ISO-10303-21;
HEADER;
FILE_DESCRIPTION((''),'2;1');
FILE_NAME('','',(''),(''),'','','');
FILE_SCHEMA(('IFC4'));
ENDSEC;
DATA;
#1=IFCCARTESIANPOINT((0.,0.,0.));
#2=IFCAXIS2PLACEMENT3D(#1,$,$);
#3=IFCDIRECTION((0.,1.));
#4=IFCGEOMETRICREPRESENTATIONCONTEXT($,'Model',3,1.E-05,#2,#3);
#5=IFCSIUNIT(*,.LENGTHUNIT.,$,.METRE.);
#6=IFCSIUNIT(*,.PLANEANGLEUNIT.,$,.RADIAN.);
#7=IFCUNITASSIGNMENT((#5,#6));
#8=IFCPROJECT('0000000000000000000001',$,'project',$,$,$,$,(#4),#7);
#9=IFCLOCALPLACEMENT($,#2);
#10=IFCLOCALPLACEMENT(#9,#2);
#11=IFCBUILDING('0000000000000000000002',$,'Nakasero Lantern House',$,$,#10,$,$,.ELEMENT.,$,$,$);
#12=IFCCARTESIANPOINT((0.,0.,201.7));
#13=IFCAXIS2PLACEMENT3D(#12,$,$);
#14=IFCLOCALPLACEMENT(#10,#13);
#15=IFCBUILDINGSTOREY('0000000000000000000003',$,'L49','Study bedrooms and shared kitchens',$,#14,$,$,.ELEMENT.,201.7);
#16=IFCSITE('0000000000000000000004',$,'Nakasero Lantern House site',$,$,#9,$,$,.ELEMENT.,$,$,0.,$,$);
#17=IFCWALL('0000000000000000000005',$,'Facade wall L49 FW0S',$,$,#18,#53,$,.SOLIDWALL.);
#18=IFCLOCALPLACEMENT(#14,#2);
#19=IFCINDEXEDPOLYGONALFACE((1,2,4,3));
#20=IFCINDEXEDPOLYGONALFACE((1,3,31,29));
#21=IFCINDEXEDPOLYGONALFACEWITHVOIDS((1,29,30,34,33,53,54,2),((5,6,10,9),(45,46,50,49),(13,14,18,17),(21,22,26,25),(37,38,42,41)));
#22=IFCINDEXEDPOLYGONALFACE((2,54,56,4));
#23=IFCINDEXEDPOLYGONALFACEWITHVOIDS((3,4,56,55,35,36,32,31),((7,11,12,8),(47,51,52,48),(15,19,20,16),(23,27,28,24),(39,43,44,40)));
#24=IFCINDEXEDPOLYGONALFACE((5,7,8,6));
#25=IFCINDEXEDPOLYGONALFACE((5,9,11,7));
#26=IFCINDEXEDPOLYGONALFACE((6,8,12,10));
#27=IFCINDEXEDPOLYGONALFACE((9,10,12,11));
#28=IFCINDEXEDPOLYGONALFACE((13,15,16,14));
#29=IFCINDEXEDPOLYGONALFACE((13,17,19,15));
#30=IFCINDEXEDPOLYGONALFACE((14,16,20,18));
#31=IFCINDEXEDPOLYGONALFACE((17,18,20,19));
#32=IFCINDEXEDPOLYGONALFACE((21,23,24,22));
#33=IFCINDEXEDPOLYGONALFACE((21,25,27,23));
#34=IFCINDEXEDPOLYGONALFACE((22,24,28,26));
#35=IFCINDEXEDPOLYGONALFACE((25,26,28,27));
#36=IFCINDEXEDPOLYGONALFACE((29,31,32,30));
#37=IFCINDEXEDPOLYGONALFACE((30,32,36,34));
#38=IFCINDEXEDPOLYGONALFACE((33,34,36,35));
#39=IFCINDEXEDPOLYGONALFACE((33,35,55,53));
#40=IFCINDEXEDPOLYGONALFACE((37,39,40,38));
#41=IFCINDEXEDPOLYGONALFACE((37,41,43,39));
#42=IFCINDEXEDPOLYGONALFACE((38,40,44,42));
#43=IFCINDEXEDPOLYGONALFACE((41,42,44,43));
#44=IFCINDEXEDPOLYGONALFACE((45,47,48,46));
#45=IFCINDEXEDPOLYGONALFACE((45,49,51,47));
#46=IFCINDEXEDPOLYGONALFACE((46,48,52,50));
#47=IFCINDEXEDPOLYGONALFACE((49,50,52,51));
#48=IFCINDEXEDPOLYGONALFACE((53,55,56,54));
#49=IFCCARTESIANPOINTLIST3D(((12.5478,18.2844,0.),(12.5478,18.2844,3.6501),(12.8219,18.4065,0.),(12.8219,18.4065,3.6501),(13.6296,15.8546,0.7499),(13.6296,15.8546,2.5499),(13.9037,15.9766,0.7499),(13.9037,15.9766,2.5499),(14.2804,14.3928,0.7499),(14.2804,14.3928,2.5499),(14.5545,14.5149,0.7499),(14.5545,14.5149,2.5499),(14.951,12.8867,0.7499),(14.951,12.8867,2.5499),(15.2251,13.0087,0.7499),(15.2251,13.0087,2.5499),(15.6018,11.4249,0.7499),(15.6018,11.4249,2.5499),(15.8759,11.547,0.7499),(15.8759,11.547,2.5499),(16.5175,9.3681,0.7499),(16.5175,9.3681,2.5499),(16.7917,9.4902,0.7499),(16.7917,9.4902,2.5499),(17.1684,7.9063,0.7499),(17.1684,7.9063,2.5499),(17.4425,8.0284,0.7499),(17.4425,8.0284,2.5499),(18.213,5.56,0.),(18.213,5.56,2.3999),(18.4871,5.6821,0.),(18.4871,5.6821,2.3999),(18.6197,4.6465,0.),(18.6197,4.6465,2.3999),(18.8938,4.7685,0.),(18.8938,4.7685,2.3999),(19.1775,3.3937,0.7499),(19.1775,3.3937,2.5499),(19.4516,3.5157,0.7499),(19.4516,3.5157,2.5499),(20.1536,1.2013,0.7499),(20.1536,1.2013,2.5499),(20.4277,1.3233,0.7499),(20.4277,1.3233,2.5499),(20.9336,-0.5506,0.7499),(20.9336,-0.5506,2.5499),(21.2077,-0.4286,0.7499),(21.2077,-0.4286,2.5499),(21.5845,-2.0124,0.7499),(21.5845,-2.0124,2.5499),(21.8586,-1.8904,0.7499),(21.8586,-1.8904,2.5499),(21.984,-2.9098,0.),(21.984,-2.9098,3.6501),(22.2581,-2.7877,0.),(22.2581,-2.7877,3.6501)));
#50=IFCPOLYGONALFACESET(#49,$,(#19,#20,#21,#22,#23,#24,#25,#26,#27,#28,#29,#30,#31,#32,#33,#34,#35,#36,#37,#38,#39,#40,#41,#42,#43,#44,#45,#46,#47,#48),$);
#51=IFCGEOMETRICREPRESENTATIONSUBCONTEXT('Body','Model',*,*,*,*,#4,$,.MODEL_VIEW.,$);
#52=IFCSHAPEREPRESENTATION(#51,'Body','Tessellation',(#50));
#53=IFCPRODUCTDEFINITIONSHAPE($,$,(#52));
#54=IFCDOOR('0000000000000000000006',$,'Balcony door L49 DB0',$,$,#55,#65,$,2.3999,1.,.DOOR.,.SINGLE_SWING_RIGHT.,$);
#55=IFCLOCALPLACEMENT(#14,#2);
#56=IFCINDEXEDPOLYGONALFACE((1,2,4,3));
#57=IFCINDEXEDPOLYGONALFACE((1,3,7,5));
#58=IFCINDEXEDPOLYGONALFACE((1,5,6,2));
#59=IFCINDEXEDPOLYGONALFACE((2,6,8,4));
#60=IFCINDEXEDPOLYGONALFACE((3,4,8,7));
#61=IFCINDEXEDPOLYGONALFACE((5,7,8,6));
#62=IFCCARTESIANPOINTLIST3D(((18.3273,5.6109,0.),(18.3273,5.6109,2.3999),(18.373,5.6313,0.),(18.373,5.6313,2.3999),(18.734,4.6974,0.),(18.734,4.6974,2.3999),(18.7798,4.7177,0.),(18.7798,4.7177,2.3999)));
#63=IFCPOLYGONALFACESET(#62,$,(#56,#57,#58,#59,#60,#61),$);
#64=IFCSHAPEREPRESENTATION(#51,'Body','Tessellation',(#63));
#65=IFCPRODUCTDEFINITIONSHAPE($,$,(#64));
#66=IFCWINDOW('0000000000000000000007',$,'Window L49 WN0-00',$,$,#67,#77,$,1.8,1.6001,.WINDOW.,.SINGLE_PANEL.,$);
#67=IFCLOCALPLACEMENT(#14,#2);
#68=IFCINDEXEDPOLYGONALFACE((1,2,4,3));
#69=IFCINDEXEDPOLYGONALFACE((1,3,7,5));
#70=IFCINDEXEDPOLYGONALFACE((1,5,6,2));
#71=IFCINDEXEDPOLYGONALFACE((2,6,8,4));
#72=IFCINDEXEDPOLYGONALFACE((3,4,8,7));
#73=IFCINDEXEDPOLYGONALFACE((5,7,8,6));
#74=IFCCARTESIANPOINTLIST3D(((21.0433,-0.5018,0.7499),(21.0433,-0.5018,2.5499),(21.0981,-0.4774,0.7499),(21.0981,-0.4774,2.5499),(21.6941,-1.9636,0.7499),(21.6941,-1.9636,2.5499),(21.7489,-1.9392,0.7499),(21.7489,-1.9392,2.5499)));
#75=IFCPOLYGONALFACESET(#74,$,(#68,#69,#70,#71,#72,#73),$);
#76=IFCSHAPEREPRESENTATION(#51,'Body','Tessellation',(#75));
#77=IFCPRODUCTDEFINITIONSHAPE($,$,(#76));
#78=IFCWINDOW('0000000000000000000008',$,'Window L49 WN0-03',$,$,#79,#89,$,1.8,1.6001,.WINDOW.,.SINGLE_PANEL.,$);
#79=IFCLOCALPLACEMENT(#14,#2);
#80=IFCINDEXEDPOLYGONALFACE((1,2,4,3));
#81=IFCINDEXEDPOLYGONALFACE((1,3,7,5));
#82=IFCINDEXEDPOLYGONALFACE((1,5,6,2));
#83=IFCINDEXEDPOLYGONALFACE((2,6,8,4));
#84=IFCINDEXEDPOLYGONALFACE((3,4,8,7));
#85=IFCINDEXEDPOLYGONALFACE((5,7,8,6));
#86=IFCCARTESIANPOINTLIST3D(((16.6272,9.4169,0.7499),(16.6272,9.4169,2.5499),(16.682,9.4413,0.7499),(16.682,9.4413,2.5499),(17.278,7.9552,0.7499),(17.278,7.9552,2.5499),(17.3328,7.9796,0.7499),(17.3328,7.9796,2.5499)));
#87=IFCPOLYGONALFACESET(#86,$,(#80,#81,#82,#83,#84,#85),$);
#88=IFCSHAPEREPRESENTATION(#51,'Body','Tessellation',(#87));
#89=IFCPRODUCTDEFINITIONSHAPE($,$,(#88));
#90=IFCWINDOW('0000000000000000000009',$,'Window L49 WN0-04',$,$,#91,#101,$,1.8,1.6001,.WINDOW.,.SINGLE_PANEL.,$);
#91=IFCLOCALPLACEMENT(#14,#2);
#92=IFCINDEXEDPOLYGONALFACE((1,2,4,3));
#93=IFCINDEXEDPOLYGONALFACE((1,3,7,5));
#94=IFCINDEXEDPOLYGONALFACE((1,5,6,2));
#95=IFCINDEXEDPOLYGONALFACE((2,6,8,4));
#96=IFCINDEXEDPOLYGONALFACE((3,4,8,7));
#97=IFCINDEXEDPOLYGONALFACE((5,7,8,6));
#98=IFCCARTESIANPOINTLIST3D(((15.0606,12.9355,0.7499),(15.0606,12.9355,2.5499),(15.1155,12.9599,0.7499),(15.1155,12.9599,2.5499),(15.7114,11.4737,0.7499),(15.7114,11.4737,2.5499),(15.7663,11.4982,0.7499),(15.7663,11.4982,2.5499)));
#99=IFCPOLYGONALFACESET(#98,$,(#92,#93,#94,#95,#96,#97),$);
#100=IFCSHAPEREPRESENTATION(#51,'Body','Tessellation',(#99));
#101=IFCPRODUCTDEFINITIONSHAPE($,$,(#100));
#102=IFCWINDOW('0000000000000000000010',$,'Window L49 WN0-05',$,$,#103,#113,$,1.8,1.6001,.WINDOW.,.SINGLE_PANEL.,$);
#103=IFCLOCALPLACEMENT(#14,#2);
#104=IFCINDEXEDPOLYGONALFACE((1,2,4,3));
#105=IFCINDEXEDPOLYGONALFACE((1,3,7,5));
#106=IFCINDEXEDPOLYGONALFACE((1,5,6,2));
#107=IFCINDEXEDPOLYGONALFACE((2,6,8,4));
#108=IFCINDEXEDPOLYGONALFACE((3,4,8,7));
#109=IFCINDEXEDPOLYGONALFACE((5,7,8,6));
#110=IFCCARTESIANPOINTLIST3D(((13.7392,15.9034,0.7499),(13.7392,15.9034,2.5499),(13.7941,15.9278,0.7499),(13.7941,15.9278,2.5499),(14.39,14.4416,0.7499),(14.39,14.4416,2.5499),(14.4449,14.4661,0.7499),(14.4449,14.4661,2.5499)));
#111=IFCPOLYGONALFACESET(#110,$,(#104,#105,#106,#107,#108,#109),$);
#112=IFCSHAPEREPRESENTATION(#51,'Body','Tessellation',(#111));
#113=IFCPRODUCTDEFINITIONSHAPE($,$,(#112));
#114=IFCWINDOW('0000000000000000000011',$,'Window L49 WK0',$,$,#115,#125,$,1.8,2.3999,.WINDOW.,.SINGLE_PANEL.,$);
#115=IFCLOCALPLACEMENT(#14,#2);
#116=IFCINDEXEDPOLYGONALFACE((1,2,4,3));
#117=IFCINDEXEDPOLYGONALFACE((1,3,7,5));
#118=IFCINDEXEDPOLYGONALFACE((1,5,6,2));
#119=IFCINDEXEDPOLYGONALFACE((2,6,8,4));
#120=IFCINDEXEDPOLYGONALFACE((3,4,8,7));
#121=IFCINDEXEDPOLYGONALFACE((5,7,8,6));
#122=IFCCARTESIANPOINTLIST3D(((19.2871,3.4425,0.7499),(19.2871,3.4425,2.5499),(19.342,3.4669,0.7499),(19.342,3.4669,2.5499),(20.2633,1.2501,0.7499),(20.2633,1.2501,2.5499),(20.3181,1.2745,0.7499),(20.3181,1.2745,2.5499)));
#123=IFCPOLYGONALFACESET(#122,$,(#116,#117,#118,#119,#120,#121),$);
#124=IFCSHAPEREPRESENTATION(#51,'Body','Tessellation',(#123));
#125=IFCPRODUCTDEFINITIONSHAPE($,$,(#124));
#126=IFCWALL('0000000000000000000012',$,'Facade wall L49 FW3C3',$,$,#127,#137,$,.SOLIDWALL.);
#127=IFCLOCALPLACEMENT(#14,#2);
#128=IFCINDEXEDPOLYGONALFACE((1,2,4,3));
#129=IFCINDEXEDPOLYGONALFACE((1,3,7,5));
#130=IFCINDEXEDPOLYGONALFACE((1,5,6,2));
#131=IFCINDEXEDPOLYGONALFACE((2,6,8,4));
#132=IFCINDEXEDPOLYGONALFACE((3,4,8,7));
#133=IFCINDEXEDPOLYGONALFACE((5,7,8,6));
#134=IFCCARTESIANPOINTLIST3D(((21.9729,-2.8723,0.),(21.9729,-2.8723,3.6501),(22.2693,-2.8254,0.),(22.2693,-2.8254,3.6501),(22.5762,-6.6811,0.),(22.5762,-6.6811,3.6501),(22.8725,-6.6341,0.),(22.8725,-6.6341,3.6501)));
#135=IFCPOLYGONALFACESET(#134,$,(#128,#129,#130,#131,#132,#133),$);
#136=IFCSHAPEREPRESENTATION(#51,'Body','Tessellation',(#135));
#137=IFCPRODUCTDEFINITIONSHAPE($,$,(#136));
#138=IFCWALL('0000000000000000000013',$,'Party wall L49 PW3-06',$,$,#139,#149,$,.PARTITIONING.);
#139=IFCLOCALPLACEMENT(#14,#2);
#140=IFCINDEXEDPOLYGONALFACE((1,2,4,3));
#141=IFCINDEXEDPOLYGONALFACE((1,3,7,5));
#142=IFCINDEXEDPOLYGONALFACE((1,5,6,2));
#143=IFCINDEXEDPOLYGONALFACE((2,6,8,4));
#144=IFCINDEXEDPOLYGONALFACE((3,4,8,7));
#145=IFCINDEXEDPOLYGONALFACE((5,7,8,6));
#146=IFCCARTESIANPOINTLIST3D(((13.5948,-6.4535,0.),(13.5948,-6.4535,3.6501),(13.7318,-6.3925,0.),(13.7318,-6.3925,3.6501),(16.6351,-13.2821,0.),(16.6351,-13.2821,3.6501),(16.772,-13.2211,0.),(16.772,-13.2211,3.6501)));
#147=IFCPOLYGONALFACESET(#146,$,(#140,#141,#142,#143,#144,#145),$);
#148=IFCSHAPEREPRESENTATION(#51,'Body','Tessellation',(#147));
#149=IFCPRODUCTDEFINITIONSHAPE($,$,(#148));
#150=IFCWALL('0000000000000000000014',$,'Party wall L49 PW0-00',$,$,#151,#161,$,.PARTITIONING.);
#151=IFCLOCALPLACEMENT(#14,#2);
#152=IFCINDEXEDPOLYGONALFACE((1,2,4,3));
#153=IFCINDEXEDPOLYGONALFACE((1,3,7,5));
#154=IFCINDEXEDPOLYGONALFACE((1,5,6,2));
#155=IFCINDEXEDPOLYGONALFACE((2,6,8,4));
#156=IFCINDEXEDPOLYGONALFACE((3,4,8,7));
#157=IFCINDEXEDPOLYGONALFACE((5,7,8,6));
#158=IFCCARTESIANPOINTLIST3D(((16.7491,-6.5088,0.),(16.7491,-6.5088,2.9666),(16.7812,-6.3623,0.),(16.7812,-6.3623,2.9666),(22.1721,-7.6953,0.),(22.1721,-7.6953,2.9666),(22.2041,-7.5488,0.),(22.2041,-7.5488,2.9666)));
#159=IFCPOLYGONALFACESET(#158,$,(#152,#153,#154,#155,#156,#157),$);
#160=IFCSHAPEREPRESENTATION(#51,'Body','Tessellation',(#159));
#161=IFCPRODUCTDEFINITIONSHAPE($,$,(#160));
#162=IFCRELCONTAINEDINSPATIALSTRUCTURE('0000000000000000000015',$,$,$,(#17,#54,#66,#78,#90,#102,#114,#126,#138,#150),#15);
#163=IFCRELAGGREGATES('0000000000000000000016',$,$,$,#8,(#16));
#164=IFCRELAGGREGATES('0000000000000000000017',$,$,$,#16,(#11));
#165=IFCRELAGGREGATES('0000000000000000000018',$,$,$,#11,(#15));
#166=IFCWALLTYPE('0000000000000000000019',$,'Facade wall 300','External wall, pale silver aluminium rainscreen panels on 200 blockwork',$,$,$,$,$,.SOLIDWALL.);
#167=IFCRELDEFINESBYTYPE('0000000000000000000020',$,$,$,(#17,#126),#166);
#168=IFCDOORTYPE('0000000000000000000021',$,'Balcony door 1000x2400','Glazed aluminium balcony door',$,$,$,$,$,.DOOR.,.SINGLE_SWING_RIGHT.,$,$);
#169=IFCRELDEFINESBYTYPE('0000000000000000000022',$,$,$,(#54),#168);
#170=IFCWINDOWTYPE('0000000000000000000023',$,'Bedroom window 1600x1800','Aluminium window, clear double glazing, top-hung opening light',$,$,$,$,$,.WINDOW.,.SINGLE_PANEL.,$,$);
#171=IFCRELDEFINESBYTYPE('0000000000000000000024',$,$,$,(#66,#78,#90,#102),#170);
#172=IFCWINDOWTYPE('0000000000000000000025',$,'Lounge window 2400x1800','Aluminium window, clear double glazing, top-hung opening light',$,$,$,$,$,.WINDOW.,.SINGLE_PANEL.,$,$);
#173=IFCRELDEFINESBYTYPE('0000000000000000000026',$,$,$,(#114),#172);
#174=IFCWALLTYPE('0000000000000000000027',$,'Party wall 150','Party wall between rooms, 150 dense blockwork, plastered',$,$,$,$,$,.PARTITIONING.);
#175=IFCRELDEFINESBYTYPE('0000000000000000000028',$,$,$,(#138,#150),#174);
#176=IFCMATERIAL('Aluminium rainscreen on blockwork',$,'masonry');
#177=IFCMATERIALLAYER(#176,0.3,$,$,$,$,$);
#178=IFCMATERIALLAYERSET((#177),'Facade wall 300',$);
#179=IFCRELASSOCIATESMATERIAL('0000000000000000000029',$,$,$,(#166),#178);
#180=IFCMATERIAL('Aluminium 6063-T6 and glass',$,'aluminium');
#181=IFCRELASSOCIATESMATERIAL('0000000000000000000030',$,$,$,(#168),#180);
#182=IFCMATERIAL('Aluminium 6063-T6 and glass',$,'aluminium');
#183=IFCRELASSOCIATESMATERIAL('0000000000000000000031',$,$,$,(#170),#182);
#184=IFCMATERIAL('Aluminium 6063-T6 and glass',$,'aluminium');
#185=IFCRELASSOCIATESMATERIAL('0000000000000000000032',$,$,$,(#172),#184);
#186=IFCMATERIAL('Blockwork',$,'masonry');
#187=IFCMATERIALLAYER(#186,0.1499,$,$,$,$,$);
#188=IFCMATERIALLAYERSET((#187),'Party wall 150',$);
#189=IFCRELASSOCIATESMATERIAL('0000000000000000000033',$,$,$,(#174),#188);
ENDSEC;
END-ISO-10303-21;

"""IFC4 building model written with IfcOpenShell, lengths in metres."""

from ifc_helpers import new_model, si_unit, direction, frame, frame_2d, origin, place, context, subcontext, project, spatial, rectangle, extrude, material, layer, layer_set, type_object, element, fill, save


model = new_model("IFC4")

# Units and contexts
model_context = context("Model", 3, precision=1e-05, world=origin(), true_north=direction((0.0, 1.0)))
body_context = subcontext(model_context, "Body", "Model", "MODEL_VIEW")
ifc_project = project(units=[si_unit("LENGTHUNIT", "METRE"), si_unit("PLANEANGLEUNIT", "RADIAN")], contexts=[model_context])

# Site, building, storey
site_placement = place(None, origin())
site = spatial("IfcSite", under=ifc_project, at=site_placement, Name="Nakasero Lantern House site", CompositionType="ELEMENT", RefElevation=0.0)
building_placement = place(site_placement, origin())
building = spatial("IfcBuilding", under=site, at=building_placement, Name="Nakasero Lantern House", CompositionType="ELEMENT")
storey_placement = place(building_placement, frame((0.0, 0.0, 201.7)))
storey = spatial("IfcBuildingStorey", under=building, at=storey_placement, Name="L49", Description="Study bedrooms and shared kitchens", CompositionType="ELEMENT", Elevation=201.7)

# Wall, openings, door, windows
ifc_material_1 = material(Name="Aluminium rainscreen on blockwork", Category="masonry")
ifc_layer_1 = layer(ifc_material_1, 0.3)
ifc_layer_set_1 = layer_set([ifc_layer_1], Name="Facade wall 300")
wall_type_1 = type_object("IfcWallType", Name="Facade wall 300", Description="External wall, pale silver aluminium rainscreen panels on 200 blockwork", PredefinedType="SOLIDWALL", material=ifc_layer_set_1)
wall_1_placement = place(storey_placement, frame((22.1211, -2.8489, 0.0), z_axis=(0.0, 0.0, 1.0), x_axis=(-0.406735, 0.913546, 0.0)))
wall_1 = element("IfcWall", 1, at=wall_1_placement, inside=storey, type_object=wall_type_1, Name="Facade wall L49 FW0S", PredefinedType="SOLIDWALL", context=body_context, shape_type="SweptSolid", body=[
    extrude(rectangle(XDim=23.2, YDim=0.3, at=frame_2d((11.6001, 0.0))), origin(), (0.0, 0.0, 1.0), 3.6501),
])
opening_1_placement = place(wall_1_placement, frame((0.9824, 0.0, 0.75)))
opening_1 = element("IfcOpeningElement", 2, at=opening_1_placement, cuts=wall_1, PredefinedType="OPENING", context=body_context, shape_type="SweptSolid", body=[
    extrude(rectangle(XDim=1.6001, YDim=1.8, at=frame_2d((0.8, 0.8999))), frame((0.0, 0.1699, 0.0), z_axis=(0.0, -1.0, 0.0), x_axis=(1.0, 0.0, 0.0)), (0.0, 0.0, 1.0), 0.3401),
])
opening_2_placement = place(wall_1_placement, frame((11.8398, 0.0, 0.75)))
opening_2 = element("IfcOpeningElement", 3, at=opening_2_placement, cuts=wall_1, PredefinedType="OPENING", context=body_context, shape_type="SweptSolid", body=[
    extrude(rectangle(XDim=1.6001, YDim=1.8, at=frame_2d((0.8, 0.8999))), frame((0.0, 0.1699, 0.0), z_axis=(0.0, -1.0, 0.0), x_axis=(1.0, 0.0, 0.0)), (0.0, 0.0, 1.0), 0.3401),
])
opening_3_placement = place(wall_1_placement, frame((15.6914, 0.0, 0.75)))
opening_3 = element("IfcOpeningElement", 4, at=opening_3_placement, cuts=wall_1, PredefinedType="OPENING", context=body_context, shape_type="SweptSolid", body=[
    extrude(rectangle(XDim=1.6001, YDim=1.8, at=frame_2d((0.8, 0.8999))), frame((0.0, 0.1699, 0.0), z_axis=(0.0, -1.0, 0.0), x_axis=(1.0, 0.0, 0.0)), (0.0, 0.0, 1.0), 0.3401),
])
opening_4_placement = place(wall_1_placement, frame((18.9402, 0.0, 0.75)))
opening_4 = element("IfcOpeningElement", 5, at=opening_4_placement, cuts=wall_1, PredefinedType="OPENING", context=body_context, shape_type="SweptSolid", body=[
    extrude(rectangle(XDim=1.6001, YDim=1.8, at=frame_2d((0.8, 0.8999))), frame((0.0, 0.1699, 0.0), z_axis=(0.0, -1.0, 0.0), x_axis=(1.0, 0.0, 0.0)), (0.0, 0.0, 1.0), 0.3401),
])
opening_5_placement = place(wall_1_placement, frame((4.5002, 0.0, 0.75)))
opening_5 = element("IfcOpeningElement", 6, at=opening_5_placement, cuts=wall_1, PredefinedType="OPENING", context=body_context, shape_type="SweptSolid", body=[
    extrude(rectangle(XDim=2.3999, YDim=1.8, at=frame_2d((1.2, 0.8999))), frame((0.0, 0.1699, 0.0), z_axis=(0.0, -1.0, 0.0), x_axis=(1.0, 0.0, 0.0)), (0.0, 0.0, 1.0), 0.3401),
])
opening_6_placement = place(wall_1_placement, frame((8.2715, 0.0, 0.0)))
opening_6 = element("IfcOpeningElement", 7, at=opening_6_placement, cuts=wall_1, PredefinedType="OPENING", context=body_context, shape_type="SweptSolid", body=[
    extrude(rectangle(XDim=1.0, YDim=2.3999, at=frame_2d((0.5, 1.2))), frame((0.0, 0.1699, 0.0), z_axis=(0.0, -1.0, 0.0), x_axis=(1.0, 0.0, 0.0)), (0.0, 0.0, 1.0), 0.3401),
])
ifc_material_2 = material(Name="Aluminium 6063-T6 and glass", Category="aluminium")
door_type_1 = type_object("IfcDoorType", Name="Balcony door 1000x2400", Description="Glazed aluminium balcony door", OperationType="SINGLE_SWING_RIGHT", PredefinedType="DOOR", material=ifc_material_2)
door_1_placement = place(opening_6_placement, origin())
door_1 = element("IfcDoor", 8, at=door_1_placement, inside=storey, type_object=door_type_1, Name="Balcony door L49 DB0", OperationType="SINGLE_SWING_RIGHT", OverallHeight=2.3999, OverallWidth=1.0, PredefinedType="DOOR", context=body_context, shape_type="SweptSolid", body=[
    extrude(rectangle(XDim=1.0, YDim=2.3999, at=frame_2d((0.5, 1.2))), frame((0.0, 0.0249, 0.0), z_axis=(0.0, -1.0, 0.0), x_axis=(1.0, 0.0, 0.0)), (0.0, 0.0, 1.0), 0.05),
])
fill(opening_6, door_1)
ifc_material_3 = material(Name="Aluminium 6063-T6 and glass", Category="aluminium")
window_type_1 = type_object("IfcWindowType", Name="Bedroom window 1600x1800", Description="Aluminium window, clear double glazing, top-hung opening light", PartitioningType="SINGLE_PANEL", PredefinedType="WINDOW", material=ifc_material_3)
window_1_placement = place(opening_1_placement, origin())
window_1 = element("IfcWindow", 9, at=window_1_placement, inside=storey, type_object=window_type_1, Name="Window L49 WN0-00", OverallHeight=1.8, OverallWidth=1.6001, PartitioningType="SINGLE_PANEL", PredefinedType="WINDOW", context=body_context, shape_type="SweptSolid", body=[
    extrude(rectangle(XDim=1.6001, YDim=1.8, at=frame_2d((0.8, 0.8999))), frame((0.0, 0.03, 0.0), z_axis=(0.0, -1.0, 0.0), x_axis=(1.0, 0.0, 0.0)), (0.0, 0.0, 1.0), 0.0601),
])
fill(opening_1, window_1)
window_2_placement = place(opening_2_placement, origin())
window_2 = element("IfcWindow", 10, at=window_2_placement, inside=storey, type_object=window_type_1, Name="Window L49 WN0-03", OverallHeight=1.8, OverallWidth=1.6001, PartitioningType="SINGLE_PANEL", PredefinedType="WINDOW", context=body_context, shape_type="SweptSolid", body=[
    extrude(rectangle(XDim=1.6001, YDim=1.8, at=frame_2d((0.8, 0.8999))), frame((0.0, 0.03, 0.0), z_axis=(0.0, -1.0, 0.0), x_axis=(1.0, 0.0, 0.0)), (0.0, 0.0, 1.0), 0.0601),
])
fill(opening_2, window_2)
window_3_placement = place(opening_3_placement, origin())
window_3 = element("IfcWindow", 11, at=window_3_placement, inside=storey, type_object=window_type_1, Name="Window L49 WN0-04", OverallHeight=1.8, OverallWidth=1.6001, PartitioningType="SINGLE_PANEL", PredefinedType="WINDOW", context=body_context, shape_type="SweptSolid", body=[
    extrude(rectangle(XDim=1.6001, YDim=1.8, at=frame_2d((0.8, 0.8999))), frame((0.0, 0.03, 0.0), z_axis=(0.0, -1.0, 0.0), x_axis=(1.0, 0.0, 0.0)), (0.0, 0.0, 1.0), 0.0601),
])
fill(opening_3, window_3)
window_4_placement = place(opening_4_placement, origin())
window_4 = element("IfcWindow", 12, at=window_4_placement, inside=storey, type_object=window_type_1, Name="Window L49 WN0-05", OverallHeight=1.8, OverallWidth=1.6001, PartitioningType="SINGLE_PANEL", PredefinedType="WINDOW", context=body_context, shape_type="SweptSolid", body=[
    extrude(rectangle(XDim=1.6001, YDim=1.8, at=frame_2d((0.8, 0.8999))), frame((0.0, 0.03, 0.0), z_axis=(0.0, -1.0, 0.0), x_axis=(1.0, 0.0, 0.0)), (0.0, 0.0, 1.0), 0.0601),
])
fill(opening_4, window_4)
ifc_material_4 = material(Name="Aluminium 6063-T6 and glass", Category="aluminium")
window_type_2 = type_object("IfcWindowType", Name="Lounge window 2400x1800", Description="Aluminium window, clear double glazing, top-hung opening light", PartitioningType="SINGLE_PANEL", PredefinedType="WINDOW", material=ifc_material_4)
window_5_placement = place(opening_5_placement, origin())
window_5 = element("IfcWindow", 13, at=window_5_placement, inside=storey, type_object=window_type_2, Name="Window L49 WK0", OverallHeight=1.8, OverallWidth=2.3999, PartitioningType="SINGLE_PANEL", PredefinedType="WINDOW", context=body_context, shape_type="SweptSolid", body=[
    extrude(rectangle(XDim=2.3999, YDim=1.8, at=frame_2d((1.2, 0.8999))), frame((0.0, 0.03, 0.0), z_axis=(0.0, -1.0, 0.0), x_axis=(1.0, 0.0, 0.0)), (0.0, 0.0, 1.0), 0.0601),
])
fill(opening_5, window_5)

# Walls
wall_2_placement = place(storey_placement, frame((22.7244, -6.6577, 0.0), z_axis=(0.0, 0.0, 1.0), x_axis=(-0.156437, 0.987688, 0.0)))
element("IfcWall", 14, at=wall_2_placement, inside=storey, type_object=wall_type_1, Name="Facade wall L49 FW3C3", PredefinedType="SOLIDWALL", context=body_context, shape_type="SweptSolid", body=[
    extrude(rectangle(XDim=3.8562, YDim=0.3, at=frame_2d((1.9282, 0.0))), origin(), (0.0, 0.0, 1.0), 3.6501),
])
ifc_material_5 = material(Name="Blockwork", Category="masonry")
ifc_layer_2 = layer(ifc_material_5, 0.1499)
ifc_layer_set_2 = layer_set([ifc_layer_2], Name="Party wall 150")
wall_type_2 = type_object("IfcWallType", Name="Party wall 150", Description="Party wall between rooms, 150 dense blockwork, plastered", PredefinedType="PARTITIONING", material=ifc_layer_set_2)
wall_3_placement = place(storey_placement, frame((13.6633, -6.4231, 0.0), z_axis=(0.0, 0.0, 1.0), x_axis=(0.406735, -0.913546, 0.0)))
element("IfcWall", 15, at=wall_3_placement, inside=storey, type_object=wall_type_2, Name="Party wall L49 PW3-06", PredefinedType="PARTITIONING", context=body_context, shape_type="SweptSolid", body=[
    extrude(rectangle(XDim=7.4749, YDim=0.1499, at=frame_2d((3.7373, 0.0))), origin(), (0.0, 0.0, 1.0), 3.6501),
])
wall_4_placement = place(storey_placement, frame((16.7651, -6.4355, 0.0), z_axis=(0.0, 0.0, 1.0), x_axis=(0.976892, -0.213735, 0.0)))
element("IfcWall", 16, at=wall_4_placement, inside=storey, type_object=wall_type_2, Name="Party wall L49 PW0-00", PredefinedType="PARTITIONING", context=body_context, shape_type="SweptSolid", body=[
    extrude(rectangle(XDim=5.5513, YDim=0.1499, at=frame_2d((2.7756, 0.0))), origin(), (0.0, 0.0, 1.0), 2.9666),
])

save(model, "model.ifc")
